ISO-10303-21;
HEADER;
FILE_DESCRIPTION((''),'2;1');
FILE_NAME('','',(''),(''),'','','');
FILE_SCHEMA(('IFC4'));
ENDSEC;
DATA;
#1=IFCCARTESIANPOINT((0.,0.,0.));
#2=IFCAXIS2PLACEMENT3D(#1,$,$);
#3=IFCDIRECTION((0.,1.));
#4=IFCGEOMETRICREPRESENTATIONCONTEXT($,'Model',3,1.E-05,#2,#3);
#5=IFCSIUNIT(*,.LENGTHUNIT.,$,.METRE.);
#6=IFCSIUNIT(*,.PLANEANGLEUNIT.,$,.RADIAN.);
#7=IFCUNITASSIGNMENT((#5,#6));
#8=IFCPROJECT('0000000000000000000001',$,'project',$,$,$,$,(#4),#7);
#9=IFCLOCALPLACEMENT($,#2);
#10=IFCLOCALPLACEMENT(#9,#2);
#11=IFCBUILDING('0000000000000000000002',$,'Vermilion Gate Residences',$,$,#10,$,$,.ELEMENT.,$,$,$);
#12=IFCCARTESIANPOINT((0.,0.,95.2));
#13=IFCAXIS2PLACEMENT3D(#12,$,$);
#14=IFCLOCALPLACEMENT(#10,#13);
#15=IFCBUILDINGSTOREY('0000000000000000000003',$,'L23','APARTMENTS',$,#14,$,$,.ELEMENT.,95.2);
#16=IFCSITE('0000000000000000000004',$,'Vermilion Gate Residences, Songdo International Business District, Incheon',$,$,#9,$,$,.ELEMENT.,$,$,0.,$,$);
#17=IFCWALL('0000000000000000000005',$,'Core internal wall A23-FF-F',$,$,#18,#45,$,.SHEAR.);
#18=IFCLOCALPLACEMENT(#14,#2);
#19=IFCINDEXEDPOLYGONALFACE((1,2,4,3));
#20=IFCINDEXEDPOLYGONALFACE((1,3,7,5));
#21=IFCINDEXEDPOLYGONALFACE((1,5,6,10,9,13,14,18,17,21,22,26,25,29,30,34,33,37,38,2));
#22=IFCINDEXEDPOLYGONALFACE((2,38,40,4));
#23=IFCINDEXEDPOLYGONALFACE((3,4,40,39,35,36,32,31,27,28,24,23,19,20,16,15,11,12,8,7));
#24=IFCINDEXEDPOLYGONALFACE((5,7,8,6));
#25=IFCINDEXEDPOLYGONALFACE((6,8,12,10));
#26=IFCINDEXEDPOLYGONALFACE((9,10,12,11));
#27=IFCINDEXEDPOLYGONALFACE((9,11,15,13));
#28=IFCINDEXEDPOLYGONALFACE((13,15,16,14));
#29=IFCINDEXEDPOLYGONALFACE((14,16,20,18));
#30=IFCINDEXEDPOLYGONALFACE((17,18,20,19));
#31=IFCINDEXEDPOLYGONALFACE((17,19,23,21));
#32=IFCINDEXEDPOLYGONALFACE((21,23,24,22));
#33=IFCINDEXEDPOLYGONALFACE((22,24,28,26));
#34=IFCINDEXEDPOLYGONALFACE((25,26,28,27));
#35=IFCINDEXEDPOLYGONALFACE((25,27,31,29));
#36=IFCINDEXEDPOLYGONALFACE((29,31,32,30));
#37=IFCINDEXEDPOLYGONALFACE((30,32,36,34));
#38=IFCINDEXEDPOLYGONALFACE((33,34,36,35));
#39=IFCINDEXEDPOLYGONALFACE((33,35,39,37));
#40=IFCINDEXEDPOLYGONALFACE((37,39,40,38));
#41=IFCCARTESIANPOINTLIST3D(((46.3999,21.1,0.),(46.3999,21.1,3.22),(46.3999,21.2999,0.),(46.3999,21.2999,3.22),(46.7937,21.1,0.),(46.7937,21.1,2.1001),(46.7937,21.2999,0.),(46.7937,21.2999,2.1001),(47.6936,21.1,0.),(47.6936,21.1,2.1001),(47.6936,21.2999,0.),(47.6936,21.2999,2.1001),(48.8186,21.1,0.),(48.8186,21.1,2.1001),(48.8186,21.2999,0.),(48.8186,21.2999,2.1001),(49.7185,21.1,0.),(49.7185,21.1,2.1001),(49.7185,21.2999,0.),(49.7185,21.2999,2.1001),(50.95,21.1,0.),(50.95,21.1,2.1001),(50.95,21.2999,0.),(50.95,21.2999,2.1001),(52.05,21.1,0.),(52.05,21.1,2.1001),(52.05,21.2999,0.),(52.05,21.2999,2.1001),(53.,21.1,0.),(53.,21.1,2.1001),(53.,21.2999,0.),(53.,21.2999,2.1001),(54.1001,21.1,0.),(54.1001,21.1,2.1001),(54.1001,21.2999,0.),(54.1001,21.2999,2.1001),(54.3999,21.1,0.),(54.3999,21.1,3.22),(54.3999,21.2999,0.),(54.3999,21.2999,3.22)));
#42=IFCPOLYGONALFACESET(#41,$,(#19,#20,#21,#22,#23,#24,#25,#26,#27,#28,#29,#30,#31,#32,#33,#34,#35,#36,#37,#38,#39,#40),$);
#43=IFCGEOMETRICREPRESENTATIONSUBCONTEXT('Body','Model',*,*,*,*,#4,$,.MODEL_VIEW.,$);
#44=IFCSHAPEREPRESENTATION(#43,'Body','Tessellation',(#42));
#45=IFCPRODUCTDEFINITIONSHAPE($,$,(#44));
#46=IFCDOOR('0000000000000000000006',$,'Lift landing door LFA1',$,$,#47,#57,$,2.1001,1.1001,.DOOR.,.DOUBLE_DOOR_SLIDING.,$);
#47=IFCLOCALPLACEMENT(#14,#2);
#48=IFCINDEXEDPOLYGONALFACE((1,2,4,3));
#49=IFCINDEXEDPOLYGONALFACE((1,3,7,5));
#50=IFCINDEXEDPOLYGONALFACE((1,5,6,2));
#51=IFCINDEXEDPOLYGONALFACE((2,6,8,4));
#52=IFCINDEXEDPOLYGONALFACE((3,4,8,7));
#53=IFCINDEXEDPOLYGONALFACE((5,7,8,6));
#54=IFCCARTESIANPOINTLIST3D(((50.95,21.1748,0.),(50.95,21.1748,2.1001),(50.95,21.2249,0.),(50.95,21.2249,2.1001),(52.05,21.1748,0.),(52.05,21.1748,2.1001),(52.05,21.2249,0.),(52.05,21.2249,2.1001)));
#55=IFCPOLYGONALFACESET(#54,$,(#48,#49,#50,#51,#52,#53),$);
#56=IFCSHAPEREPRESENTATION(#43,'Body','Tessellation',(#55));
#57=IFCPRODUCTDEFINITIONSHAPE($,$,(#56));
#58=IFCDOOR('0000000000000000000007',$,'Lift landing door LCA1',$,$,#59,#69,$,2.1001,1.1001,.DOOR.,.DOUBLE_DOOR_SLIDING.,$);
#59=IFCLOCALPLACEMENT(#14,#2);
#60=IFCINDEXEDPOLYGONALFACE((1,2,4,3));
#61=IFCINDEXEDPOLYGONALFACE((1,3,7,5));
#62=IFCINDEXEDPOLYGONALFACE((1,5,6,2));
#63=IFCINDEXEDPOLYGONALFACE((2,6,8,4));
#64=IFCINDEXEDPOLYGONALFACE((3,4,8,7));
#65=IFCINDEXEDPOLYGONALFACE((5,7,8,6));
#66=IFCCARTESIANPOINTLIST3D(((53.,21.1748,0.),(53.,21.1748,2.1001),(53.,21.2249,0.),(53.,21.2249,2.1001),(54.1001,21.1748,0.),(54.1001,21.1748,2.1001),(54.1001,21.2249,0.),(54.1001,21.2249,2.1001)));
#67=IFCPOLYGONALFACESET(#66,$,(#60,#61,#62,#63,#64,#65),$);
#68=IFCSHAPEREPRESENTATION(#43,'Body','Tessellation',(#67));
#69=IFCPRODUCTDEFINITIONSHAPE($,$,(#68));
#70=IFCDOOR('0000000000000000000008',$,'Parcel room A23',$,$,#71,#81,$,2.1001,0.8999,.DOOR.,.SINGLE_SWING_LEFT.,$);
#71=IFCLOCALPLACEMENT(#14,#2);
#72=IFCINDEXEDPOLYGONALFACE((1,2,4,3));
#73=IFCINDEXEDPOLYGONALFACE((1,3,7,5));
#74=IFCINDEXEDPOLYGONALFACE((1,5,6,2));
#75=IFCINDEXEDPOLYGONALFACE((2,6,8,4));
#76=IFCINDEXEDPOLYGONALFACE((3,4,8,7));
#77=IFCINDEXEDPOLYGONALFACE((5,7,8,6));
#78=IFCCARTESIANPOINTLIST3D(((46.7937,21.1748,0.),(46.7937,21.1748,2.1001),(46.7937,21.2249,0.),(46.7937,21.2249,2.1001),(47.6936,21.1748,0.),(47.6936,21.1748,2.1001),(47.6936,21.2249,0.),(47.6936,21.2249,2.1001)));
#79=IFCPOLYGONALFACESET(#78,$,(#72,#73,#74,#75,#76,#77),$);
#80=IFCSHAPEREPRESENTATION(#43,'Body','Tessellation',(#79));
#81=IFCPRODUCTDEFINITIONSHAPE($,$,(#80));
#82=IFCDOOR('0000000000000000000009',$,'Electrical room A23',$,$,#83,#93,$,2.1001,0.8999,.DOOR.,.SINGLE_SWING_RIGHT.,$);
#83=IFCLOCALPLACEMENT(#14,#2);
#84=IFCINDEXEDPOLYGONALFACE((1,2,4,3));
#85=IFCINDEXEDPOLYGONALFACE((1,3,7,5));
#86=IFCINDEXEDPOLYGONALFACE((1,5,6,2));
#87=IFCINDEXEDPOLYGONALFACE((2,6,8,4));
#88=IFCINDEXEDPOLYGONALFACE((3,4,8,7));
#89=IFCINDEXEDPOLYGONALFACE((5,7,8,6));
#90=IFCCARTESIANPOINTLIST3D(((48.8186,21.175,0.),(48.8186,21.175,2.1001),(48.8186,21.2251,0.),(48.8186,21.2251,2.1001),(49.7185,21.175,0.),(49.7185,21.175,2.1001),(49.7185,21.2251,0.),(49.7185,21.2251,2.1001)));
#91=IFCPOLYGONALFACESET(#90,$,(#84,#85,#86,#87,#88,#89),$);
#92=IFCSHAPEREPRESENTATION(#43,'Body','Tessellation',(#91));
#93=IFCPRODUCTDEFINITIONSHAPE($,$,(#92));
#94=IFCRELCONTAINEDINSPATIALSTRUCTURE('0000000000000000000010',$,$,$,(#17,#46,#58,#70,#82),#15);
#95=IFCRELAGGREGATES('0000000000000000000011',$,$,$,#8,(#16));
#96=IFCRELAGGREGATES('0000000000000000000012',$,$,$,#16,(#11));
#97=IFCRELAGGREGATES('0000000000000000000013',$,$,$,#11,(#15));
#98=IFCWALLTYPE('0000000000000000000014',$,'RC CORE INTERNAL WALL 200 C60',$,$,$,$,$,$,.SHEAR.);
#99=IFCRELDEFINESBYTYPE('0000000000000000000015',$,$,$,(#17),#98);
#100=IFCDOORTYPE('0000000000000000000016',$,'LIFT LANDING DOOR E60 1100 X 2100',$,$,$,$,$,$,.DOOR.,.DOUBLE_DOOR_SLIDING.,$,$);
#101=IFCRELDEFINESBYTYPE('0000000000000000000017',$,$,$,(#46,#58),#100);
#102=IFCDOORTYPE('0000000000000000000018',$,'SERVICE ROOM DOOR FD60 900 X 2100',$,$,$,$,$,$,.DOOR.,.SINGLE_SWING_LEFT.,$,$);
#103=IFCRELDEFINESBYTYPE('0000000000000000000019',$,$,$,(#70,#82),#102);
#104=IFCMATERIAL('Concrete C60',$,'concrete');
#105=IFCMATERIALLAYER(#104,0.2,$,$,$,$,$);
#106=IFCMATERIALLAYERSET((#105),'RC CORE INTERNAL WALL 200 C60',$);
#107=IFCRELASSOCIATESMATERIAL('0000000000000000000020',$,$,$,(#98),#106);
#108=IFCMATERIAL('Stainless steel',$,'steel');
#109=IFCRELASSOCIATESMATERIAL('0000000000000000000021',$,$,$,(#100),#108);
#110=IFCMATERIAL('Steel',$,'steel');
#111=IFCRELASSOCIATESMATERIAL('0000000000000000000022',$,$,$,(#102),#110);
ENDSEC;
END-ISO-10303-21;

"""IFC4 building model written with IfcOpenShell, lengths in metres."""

from ifc_helpers import new_model, si_unit, direction, frame, frame_2d, origin, place, context, subcontext, project, spatial, rectangle, extrude, material, layer, layer_set, type_object, element, fill, save


model = new_model("IFC4")

# Units and contexts
model_context = context("Model", 3, precision=1e-05, world=origin(), true_north=direction((0.0, 1.0)))
body_context = subcontext(model_context, "Body", "Model", "MODEL_VIEW")
ifc_project = project(units=[si_unit("LENGTHUNIT", "METRE"), si_unit("PLANEANGLEUNIT", "RADIAN")], contexts=[model_context])

# Site, building, storey
site_placement = place(None, origin())
site = spatial("IfcSite", under=ifc_project, at=site_placement, Name="Vermilion Gate Residences, Songdo International Business District, Incheon", CompositionType="ELEMENT", RefElevation=0.0)
building_placement = place(site_placement, origin())
building = spatial("IfcBuilding", under=site, at=building_placement, Name="Vermilion Gate Residences", CompositionType="ELEMENT")
storey_placement = place(building_placement, frame((0.0, 0.0, 95.2)))
storey = spatial("IfcBuildingStorey", under=building, at=storey_placement, Name="L23", Description="APARTMENTS", CompositionType="ELEMENT", Elevation=95.2)

# Shared definitions
ifc_material_1 = material(Name="Concrete C60", Category="concrete")
ifc_layer_1 = layer(ifc_material_1, 0.2)
ifc_layer_set_1 = layer_set([ifc_layer_1], Name="RC CORE INTERNAL WALL 200 C60")
wall_type_1 = type_object("IfcWallType", Name="RC CORE INTERNAL WALL 200 C60", PredefinedType="SHEAR", material=ifc_layer_set_1)

# Wall, openings, doors
wall_1_placement = place(storey_placement, frame((46.3999, 21.2, 0.0), z_axis=(0.0, 0.0, 1.0), x_axis=(1.0, 0.0, 0.0)))
wall_1 = element("IfcWall", 1, at=wall_1_placement, inside=storey, type_object=wall_type_1, Name="Core internal wall A23-FF-F", PredefinedType="SHEAR", context=body_context, shape_type="SweptSolid", body=[
    extrude(rectangle(XDim=8.0, YDim=0.2, at=frame_2d((4.0, 0.0))), origin(), (0.0, 0.0, 1.0), 3.22),
])
opening_1_placement = place(wall_1_placement, frame((0.3938, 0.0, 0.0)))
opening_1 = element("IfcOpeningElement", 2, at=opening_1_placement, cuts=wall_1, PredefinedType="OPENING", context=body_context, shape_type="SweptSolid", body=[
    extrude(rectangle(XDim=0.8999, YDim=2.1001, at=frame_2d((0.45, 1.05))), frame((0.0, 0.1099, 0.0), z_axis=(0.0, -1.0, 0.0), x_axis=(1.0, 0.0, 0.0)), (0.0, 0.0, 1.0), 0.22),
])
opening_2_placement = place(wall_1_placement, frame((2.4187, 0.0, 0.0)))
opening_2 = element("IfcOpeningElement", 3, at=opening_2_placement, cuts=wall_1, PredefinedType="OPENING", context=body_context, shape_type="SweptSolid", body=[
    extrude(rectangle(XDim=0.8999, YDim=2.1001, at=frame_2d((0.45, 1.05))), frame((0.0, 0.1099, 0.0), z_axis=(0.0, -1.0, 0.0), x_axis=(1.0, 0.0, 0.0)), (0.0, 0.0, 1.0), 0.22),
])
opening_3_placement = place(wall_1_placement, frame((4.55, 0.0, 0.0)))
opening_3 = element("IfcOpeningElement", 4, at=opening_3_placement, cuts=wall_1, PredefinedType="OPENING", context=body_context, shape_type="SweptSolid", body=[
    extrude(rectangle(XDim=1.1001, YDim=2.1001, at=frame_2d((0.55, 1.05))), frame((0.0, 0.1099, 0.0), z_axis=(0.0, -1.0, 0.0), x_axis=(1.0, 0.0, 0.0)), (0.0, 0.0, 1.0), 0.22),
])
opening_4_placement = place(wall_1_placement, frame((6.6001, 0.0, 0.0)))
opening_4 = element("IfcOpeningElement", 5, at=opening_4_placement, cuts=wall_1, PredefinedType="OPENING", context=body_context, shape_type="SweptSolid", body=[
    extrude(rectangle(XDim=1.1001, YDim=2.1001, at=frame_2d((0.55, 1.05))), frame((0.0, 0.1099, 0.0), z_axis=(0.0, -1.0, 0.0), x_axis=(1.0, 0.0, 0.0)), (0.0, 0.0, 1.0), 0.22),
])
ifc_material_2 = material(Name="Stainless steel", Category="steel")
door_type_1 = type_object("IfcDoorType", Name="LIFT LANDING DOOR E60 1100 X 2100", OperationType="DOUBLE_DOOR_SLIDING", PredefinedType="DOOR", material=ifc_material_2)
door_1_placement = place(opening_3_placement, origin())
door_1 = element("IfcDoor", 6, at=door_1_placement, inside=storey, type_object=door_type_1, Name="Lift landing door LFA1", OperationType="DOUBLE_DOOR_SLIDING", OverallHeight=2.1001, OverallWidth=1.1001, PredefinedType="DOOR", context=body_context, shape_type="SweptSolid", body=[
    extrude(rectangle(XDim=1.1001, YDim=2.1001, at=frame_2d((0.55, 1.05))), frame((0.0, 0.0249, 0.0), z_axis=(0.0, -1.0, 0.0), x_axis=(1.0, 0.0, 0.0)), (0.0, 0.0, 1.0), 0.05),
])
fill(opening_3, door_1)
door_2_placement = place(opening_4_placement, origin())
door_2 = element("IfcDoor", 7, at=door_2_placement, inside=storey, type_object=door_type_1, Name="Lift landing door LCA1", OperationType="DOUBLE_DOOR_SLIDING", OverallHeight=2.1001, OverallWidth=1.1001, PredefinedType="DOOR", context=body_context, shape_type="SweptSolid", body=[
    extrude(rectangle(XDim=1.1001, YDim=2.1001, at=frame_2d((0.55, 1.05))), frame((0.0, 0.0249, 0.0), z_axis=(0.0, -1.0, 0.0), x_axis=(1.0, 0.0, 0.0)), (0.0, 0.0, 1.0), 0.05),
])
fill(opening_4, door_2)
ifc_material_3 = material(Name="Steel", Category="steel")
door_type_2 = type_object("IfcDoorType", Name="SERVICE ROOM DOOR FD60 900 X 2100", OperationType="SINGLE_SWING_LEFT", PredefinedType="DOOR", material=ifc_material_3)
door_3_placement = place(opening_1_placement, origin())
door_3 = element("IfcDoor", 8, at=door_3_placement, inside=storey, type_object=door_type_2, Name="Parcel room A23", OperationType="SINGLE_SWING_LEFT", OverallHeight=2.1001, OverallWidth=0.8999, PredefinedType="DOOR", context=body_context, shape_type="SweptSolid", body=[
    extrude(rectangle(XDim=0.8999, YDim=2.1001, at=frame_2d((0.45, 1.05))), frame((0.0, 0.0249, 0.0), z_axis=(0.0, -1.0, 0.0), x_axis=(1.0, 0.0, 0.0)), (0.0, 0.0, 1.0), 0.05),
])
fill(opening_1, door_3)
door_4_placement = place(opening_2_placement, frame((0.8999, 0.0, 0.0), z_axis=(0.0, 0.0, 1.0), x_axis=(-1.0, 0.0, 0.0)))
door_4 = element("IfcDoor", 9, at=door_4_placement, inside=storey, type_object=door_type_2, Name="Electrical room A23", OperationType="SINGLE_SWING_RIGHT", OverallHeight=2.1001, OverallWidth=0.8999, PredefinedType="DOOR", context=body_context, shape_type="SweptSolid", body=[
    extrude(rectangle(XDim=0.8999, YDim=2.1001, at=frame_2d((0.45, 1.05))), frame((0.0, 0.0249, 0.0), z_axis=(0.0, -1.0, 0.0), x_axis=(1.0, 0.0, 0.0)), (0.0, 0.0, 1.0), 0.05),
])
fill(opening_2, door_4)

save(model, "model.ifc")
